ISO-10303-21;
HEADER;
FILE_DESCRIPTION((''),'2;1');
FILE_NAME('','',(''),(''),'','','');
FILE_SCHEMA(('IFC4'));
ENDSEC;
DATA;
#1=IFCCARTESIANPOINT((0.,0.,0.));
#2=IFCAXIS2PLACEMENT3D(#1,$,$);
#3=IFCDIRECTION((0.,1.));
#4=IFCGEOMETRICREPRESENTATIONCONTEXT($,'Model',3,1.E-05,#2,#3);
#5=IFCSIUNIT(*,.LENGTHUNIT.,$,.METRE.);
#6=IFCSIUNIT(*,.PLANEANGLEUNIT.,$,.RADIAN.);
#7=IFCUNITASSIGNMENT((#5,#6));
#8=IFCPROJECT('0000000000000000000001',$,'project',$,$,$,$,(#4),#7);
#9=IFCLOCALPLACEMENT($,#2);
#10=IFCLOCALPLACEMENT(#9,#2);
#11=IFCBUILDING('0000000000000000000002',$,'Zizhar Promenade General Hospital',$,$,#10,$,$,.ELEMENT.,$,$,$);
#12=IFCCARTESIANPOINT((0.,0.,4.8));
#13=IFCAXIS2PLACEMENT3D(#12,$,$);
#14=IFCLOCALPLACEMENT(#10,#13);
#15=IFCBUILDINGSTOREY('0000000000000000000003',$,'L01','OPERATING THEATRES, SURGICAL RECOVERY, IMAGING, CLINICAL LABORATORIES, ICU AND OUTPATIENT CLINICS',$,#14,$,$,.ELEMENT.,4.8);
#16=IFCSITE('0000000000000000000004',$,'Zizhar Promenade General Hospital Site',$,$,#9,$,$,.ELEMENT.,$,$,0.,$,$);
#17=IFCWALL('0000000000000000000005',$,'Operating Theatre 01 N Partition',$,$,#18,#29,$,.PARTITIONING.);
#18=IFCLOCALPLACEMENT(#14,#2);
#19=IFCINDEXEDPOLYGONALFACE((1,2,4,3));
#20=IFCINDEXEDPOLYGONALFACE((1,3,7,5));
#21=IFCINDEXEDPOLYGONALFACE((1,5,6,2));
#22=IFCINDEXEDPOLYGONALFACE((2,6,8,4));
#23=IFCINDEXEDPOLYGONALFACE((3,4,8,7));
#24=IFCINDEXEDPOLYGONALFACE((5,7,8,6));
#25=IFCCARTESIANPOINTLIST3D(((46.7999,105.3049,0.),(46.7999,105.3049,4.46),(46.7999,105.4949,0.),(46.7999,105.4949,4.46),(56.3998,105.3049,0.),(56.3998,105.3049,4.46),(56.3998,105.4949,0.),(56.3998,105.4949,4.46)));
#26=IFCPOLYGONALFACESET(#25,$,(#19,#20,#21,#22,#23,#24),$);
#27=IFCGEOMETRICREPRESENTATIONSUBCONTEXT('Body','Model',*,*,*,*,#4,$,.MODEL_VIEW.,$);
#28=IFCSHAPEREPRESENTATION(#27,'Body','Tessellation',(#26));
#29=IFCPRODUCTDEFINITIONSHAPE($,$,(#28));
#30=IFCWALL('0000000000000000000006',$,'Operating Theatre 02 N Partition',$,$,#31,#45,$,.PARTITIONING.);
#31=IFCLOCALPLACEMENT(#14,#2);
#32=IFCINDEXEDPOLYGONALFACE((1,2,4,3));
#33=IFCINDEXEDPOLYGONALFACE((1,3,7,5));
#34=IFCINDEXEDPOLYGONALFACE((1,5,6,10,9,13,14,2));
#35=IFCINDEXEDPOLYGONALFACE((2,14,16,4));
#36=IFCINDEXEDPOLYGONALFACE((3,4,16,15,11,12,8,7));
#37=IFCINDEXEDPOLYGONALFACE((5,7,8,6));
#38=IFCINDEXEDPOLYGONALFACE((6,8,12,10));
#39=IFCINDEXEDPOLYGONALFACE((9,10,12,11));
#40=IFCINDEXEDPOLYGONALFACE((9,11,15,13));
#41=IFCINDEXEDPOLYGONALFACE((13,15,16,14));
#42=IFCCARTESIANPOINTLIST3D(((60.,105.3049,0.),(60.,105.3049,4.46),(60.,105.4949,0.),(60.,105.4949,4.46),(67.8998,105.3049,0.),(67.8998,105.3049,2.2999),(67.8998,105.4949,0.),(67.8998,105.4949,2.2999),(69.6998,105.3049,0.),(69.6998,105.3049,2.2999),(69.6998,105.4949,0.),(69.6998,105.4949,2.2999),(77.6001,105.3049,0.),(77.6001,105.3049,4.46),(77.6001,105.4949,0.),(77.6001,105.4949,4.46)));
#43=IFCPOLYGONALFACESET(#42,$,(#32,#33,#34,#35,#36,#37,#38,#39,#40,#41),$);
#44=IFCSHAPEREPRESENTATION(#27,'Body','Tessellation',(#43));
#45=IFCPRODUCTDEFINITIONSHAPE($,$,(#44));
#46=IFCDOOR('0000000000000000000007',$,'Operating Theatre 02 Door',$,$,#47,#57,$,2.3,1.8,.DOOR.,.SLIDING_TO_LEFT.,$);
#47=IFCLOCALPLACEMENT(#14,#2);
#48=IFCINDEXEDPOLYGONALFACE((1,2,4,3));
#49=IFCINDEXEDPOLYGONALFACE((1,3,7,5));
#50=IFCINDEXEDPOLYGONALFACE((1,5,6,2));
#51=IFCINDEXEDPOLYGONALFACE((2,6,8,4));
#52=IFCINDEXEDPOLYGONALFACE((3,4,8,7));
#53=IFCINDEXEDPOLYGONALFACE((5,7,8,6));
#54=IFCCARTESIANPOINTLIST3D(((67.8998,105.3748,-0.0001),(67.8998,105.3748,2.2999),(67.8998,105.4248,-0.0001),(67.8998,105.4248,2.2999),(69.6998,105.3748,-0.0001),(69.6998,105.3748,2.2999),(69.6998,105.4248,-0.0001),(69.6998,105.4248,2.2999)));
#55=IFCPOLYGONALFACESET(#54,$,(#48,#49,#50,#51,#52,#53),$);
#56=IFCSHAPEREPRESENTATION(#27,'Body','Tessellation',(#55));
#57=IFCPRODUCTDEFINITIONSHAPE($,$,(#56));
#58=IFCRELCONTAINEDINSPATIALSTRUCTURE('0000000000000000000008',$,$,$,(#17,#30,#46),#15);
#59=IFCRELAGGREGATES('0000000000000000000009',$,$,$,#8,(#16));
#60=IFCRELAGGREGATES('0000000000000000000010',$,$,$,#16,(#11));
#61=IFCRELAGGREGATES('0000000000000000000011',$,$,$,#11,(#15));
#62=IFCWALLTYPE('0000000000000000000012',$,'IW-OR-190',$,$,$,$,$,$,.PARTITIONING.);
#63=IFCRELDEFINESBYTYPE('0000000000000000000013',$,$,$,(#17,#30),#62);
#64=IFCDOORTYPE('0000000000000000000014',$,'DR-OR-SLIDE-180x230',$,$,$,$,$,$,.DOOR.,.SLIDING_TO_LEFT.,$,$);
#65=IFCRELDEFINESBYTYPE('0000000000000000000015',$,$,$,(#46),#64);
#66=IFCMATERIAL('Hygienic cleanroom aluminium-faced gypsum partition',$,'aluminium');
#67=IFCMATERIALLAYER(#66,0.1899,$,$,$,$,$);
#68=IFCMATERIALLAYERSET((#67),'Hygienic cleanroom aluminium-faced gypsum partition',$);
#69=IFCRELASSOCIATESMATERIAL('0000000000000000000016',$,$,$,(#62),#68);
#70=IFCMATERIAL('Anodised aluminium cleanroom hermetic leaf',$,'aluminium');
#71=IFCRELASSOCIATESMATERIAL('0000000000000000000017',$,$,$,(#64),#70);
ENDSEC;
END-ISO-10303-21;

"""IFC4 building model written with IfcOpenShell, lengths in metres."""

from ifc_helpers import new_model, si_unit, direction, frame, frame_2d, origin, place, context, subcontext, project, spatial, rectangle, extrude, material, layer, layer_set, type_object, element, fill, save


model = new_model("IFC4")

# Units and contexts
model_context = context("Model", 3, precision=1e-05, world=origin(), true_north=direction((0.0, 1.0)))
body_context = subcontext(model_context, "Body", "Model", "MODEL_VIEW")
ifc_project = project(units=[si_unit("LENGTHUNIT", "METRE"), si_unit("PLANEANGLEUNIT", "RADIAN")], contexts=[model_context])

# Site, building, storey
site_placement = place(None, origin())
site = spatial("IfcSite", under=ifc_project, at=site_placement, Name="Zizhar Promenade General Hospital Site", CompositionType="ELEMENT", RefElevation=0.0)
building_placement = place(site_placement, origin())
building = spatial("IfcBuilding", under=site, at=building_placement, Name="Zizhar Promenade General Hospital", CompositionType="ELEMENT")
storey_placement = place(building_placement, frame((0.0, 0.0, 4.8)))
storey = spatial("IfcBuildingStorey", under=building, at=storey_placement, Name="L01", Description="OPERATING THEATRES, SURGICAL RECOVERY, IMAGING, CLINICAL LABORATORIES, ICU AND OUTPATIENT CLINICS", CompositionType="ELEMENT", Elevation=4.8)

# Wall
ifc_material_1 = material(Name="Hygienic cleanroom aluminium-faced gypsum partition", Category="aluminium")
ifc_layer_1 = layer(ifc_material_1, 0.1899)
ifc_layer_set_1 = layer_set([ifc_layer_1], Name="Hygienic cleanroom aluminium-faced gypsum partition")
wall_type = type_object("IfcWallType", Name="IW-OR-190", PredefinedType="PARTITIONING", material=ifc_layer_set_1)
wall_1_placement = place(storey_placement, frame((46.8, 105.3999, 0.0), z_axis=(0.0, 0.0, 1.0), x_axis=(1.0, 0.0, 0.0)))
element("IfcWall", 1, at=wall_1_placement, inside=storey, type_object=wall_type, Name="Operating Theatre 01 N Partition", PredefinedType="PARTITIONING", context=body_context, shape_type="SweptSolid", body=[
    extrude(rectangle(XDim=9.5999, YDim=0.1899, at=frame_2d((4.7998, 0.0))), origin(), (0.0, 0.0, 1.0), 4.46),
])

# Wall, opening, door
wall_2_placement = place(storey_placement, frame((60.0, 105.3999, 0.0), z_axis=(0.0, 0.0, 1.0), x_axis=(1.0, 0.0, 0.0)))
wall_2 = element("IfcWall", 2, at=wall_2_placement, inside=storey, type_object=wall_type, Name="Operating Theatre 02 N Partition", PredefinedType="PARTITIONING", context=body_context, shape_type="SweptSolid", body=[
    extrude(rectangle(XDim=17.6001, YDim=0.1899, at=frame_2d((8.8, 0.0))), origin(), (0.0, 0.0, 1.0), 4.46),
])
opening_placement = place(wall_2_placement, frame((7.8999, 0.0, 0.0)))
opening = element("IfcOpeningElement", 3, at=opening_placement, cuts=wall_2, PredefinedType="OPENING", context=body_context, shape_type="SweptSolid", body=[
    extrude(rectangle(XDim=1.8, YDim=2.3, at=frame_2d((0.8999, 1.1499))), frame((0.0, 0.105, 0.0), z_axis=(0.0, -1.0, 0.0), x_axis=(1.0, 0.0, 0.0)), (0.0, 0.0, 1.0), 0.21),
])
ifc_material_2 = material(Name="Anodised aluminium cleanroom hermetic leaf", Category="aluminium")
door_type = type_object("IfcDoorType", Name="DR-OR-SLIDE-180x230", OperationType="SLIDING_TO_LEFT", PredefinedType="DOOR", material=ifc_material_2)
door_placement = place(opening_placement, origin())
door = element("IfcDoor", 4, at=door_placement, inside=storey, type_object=door_type, Name="Operating Theatre 02 Door", OperationType="SLIDING_TO_LEFT", OverallHeight=2.3, OverallWidth=1.8, PredefinedType="DOOR", context=body_context, shape_type="SweptSolid", body=[
    extrude(rectangle(XDim=1.8, YDim=2.3, at=frame_2d((0.8999, 1.1499))), frame((0.0, 0.0249, 0.0), z_axis=(0.0, -1.0, 0.0), x_axis=(1.0, 0.0, 0.0)), (0.0, 0.0, 1.0), 0.05),
])
fill(opening, door)

save(model, "model.ifc")
